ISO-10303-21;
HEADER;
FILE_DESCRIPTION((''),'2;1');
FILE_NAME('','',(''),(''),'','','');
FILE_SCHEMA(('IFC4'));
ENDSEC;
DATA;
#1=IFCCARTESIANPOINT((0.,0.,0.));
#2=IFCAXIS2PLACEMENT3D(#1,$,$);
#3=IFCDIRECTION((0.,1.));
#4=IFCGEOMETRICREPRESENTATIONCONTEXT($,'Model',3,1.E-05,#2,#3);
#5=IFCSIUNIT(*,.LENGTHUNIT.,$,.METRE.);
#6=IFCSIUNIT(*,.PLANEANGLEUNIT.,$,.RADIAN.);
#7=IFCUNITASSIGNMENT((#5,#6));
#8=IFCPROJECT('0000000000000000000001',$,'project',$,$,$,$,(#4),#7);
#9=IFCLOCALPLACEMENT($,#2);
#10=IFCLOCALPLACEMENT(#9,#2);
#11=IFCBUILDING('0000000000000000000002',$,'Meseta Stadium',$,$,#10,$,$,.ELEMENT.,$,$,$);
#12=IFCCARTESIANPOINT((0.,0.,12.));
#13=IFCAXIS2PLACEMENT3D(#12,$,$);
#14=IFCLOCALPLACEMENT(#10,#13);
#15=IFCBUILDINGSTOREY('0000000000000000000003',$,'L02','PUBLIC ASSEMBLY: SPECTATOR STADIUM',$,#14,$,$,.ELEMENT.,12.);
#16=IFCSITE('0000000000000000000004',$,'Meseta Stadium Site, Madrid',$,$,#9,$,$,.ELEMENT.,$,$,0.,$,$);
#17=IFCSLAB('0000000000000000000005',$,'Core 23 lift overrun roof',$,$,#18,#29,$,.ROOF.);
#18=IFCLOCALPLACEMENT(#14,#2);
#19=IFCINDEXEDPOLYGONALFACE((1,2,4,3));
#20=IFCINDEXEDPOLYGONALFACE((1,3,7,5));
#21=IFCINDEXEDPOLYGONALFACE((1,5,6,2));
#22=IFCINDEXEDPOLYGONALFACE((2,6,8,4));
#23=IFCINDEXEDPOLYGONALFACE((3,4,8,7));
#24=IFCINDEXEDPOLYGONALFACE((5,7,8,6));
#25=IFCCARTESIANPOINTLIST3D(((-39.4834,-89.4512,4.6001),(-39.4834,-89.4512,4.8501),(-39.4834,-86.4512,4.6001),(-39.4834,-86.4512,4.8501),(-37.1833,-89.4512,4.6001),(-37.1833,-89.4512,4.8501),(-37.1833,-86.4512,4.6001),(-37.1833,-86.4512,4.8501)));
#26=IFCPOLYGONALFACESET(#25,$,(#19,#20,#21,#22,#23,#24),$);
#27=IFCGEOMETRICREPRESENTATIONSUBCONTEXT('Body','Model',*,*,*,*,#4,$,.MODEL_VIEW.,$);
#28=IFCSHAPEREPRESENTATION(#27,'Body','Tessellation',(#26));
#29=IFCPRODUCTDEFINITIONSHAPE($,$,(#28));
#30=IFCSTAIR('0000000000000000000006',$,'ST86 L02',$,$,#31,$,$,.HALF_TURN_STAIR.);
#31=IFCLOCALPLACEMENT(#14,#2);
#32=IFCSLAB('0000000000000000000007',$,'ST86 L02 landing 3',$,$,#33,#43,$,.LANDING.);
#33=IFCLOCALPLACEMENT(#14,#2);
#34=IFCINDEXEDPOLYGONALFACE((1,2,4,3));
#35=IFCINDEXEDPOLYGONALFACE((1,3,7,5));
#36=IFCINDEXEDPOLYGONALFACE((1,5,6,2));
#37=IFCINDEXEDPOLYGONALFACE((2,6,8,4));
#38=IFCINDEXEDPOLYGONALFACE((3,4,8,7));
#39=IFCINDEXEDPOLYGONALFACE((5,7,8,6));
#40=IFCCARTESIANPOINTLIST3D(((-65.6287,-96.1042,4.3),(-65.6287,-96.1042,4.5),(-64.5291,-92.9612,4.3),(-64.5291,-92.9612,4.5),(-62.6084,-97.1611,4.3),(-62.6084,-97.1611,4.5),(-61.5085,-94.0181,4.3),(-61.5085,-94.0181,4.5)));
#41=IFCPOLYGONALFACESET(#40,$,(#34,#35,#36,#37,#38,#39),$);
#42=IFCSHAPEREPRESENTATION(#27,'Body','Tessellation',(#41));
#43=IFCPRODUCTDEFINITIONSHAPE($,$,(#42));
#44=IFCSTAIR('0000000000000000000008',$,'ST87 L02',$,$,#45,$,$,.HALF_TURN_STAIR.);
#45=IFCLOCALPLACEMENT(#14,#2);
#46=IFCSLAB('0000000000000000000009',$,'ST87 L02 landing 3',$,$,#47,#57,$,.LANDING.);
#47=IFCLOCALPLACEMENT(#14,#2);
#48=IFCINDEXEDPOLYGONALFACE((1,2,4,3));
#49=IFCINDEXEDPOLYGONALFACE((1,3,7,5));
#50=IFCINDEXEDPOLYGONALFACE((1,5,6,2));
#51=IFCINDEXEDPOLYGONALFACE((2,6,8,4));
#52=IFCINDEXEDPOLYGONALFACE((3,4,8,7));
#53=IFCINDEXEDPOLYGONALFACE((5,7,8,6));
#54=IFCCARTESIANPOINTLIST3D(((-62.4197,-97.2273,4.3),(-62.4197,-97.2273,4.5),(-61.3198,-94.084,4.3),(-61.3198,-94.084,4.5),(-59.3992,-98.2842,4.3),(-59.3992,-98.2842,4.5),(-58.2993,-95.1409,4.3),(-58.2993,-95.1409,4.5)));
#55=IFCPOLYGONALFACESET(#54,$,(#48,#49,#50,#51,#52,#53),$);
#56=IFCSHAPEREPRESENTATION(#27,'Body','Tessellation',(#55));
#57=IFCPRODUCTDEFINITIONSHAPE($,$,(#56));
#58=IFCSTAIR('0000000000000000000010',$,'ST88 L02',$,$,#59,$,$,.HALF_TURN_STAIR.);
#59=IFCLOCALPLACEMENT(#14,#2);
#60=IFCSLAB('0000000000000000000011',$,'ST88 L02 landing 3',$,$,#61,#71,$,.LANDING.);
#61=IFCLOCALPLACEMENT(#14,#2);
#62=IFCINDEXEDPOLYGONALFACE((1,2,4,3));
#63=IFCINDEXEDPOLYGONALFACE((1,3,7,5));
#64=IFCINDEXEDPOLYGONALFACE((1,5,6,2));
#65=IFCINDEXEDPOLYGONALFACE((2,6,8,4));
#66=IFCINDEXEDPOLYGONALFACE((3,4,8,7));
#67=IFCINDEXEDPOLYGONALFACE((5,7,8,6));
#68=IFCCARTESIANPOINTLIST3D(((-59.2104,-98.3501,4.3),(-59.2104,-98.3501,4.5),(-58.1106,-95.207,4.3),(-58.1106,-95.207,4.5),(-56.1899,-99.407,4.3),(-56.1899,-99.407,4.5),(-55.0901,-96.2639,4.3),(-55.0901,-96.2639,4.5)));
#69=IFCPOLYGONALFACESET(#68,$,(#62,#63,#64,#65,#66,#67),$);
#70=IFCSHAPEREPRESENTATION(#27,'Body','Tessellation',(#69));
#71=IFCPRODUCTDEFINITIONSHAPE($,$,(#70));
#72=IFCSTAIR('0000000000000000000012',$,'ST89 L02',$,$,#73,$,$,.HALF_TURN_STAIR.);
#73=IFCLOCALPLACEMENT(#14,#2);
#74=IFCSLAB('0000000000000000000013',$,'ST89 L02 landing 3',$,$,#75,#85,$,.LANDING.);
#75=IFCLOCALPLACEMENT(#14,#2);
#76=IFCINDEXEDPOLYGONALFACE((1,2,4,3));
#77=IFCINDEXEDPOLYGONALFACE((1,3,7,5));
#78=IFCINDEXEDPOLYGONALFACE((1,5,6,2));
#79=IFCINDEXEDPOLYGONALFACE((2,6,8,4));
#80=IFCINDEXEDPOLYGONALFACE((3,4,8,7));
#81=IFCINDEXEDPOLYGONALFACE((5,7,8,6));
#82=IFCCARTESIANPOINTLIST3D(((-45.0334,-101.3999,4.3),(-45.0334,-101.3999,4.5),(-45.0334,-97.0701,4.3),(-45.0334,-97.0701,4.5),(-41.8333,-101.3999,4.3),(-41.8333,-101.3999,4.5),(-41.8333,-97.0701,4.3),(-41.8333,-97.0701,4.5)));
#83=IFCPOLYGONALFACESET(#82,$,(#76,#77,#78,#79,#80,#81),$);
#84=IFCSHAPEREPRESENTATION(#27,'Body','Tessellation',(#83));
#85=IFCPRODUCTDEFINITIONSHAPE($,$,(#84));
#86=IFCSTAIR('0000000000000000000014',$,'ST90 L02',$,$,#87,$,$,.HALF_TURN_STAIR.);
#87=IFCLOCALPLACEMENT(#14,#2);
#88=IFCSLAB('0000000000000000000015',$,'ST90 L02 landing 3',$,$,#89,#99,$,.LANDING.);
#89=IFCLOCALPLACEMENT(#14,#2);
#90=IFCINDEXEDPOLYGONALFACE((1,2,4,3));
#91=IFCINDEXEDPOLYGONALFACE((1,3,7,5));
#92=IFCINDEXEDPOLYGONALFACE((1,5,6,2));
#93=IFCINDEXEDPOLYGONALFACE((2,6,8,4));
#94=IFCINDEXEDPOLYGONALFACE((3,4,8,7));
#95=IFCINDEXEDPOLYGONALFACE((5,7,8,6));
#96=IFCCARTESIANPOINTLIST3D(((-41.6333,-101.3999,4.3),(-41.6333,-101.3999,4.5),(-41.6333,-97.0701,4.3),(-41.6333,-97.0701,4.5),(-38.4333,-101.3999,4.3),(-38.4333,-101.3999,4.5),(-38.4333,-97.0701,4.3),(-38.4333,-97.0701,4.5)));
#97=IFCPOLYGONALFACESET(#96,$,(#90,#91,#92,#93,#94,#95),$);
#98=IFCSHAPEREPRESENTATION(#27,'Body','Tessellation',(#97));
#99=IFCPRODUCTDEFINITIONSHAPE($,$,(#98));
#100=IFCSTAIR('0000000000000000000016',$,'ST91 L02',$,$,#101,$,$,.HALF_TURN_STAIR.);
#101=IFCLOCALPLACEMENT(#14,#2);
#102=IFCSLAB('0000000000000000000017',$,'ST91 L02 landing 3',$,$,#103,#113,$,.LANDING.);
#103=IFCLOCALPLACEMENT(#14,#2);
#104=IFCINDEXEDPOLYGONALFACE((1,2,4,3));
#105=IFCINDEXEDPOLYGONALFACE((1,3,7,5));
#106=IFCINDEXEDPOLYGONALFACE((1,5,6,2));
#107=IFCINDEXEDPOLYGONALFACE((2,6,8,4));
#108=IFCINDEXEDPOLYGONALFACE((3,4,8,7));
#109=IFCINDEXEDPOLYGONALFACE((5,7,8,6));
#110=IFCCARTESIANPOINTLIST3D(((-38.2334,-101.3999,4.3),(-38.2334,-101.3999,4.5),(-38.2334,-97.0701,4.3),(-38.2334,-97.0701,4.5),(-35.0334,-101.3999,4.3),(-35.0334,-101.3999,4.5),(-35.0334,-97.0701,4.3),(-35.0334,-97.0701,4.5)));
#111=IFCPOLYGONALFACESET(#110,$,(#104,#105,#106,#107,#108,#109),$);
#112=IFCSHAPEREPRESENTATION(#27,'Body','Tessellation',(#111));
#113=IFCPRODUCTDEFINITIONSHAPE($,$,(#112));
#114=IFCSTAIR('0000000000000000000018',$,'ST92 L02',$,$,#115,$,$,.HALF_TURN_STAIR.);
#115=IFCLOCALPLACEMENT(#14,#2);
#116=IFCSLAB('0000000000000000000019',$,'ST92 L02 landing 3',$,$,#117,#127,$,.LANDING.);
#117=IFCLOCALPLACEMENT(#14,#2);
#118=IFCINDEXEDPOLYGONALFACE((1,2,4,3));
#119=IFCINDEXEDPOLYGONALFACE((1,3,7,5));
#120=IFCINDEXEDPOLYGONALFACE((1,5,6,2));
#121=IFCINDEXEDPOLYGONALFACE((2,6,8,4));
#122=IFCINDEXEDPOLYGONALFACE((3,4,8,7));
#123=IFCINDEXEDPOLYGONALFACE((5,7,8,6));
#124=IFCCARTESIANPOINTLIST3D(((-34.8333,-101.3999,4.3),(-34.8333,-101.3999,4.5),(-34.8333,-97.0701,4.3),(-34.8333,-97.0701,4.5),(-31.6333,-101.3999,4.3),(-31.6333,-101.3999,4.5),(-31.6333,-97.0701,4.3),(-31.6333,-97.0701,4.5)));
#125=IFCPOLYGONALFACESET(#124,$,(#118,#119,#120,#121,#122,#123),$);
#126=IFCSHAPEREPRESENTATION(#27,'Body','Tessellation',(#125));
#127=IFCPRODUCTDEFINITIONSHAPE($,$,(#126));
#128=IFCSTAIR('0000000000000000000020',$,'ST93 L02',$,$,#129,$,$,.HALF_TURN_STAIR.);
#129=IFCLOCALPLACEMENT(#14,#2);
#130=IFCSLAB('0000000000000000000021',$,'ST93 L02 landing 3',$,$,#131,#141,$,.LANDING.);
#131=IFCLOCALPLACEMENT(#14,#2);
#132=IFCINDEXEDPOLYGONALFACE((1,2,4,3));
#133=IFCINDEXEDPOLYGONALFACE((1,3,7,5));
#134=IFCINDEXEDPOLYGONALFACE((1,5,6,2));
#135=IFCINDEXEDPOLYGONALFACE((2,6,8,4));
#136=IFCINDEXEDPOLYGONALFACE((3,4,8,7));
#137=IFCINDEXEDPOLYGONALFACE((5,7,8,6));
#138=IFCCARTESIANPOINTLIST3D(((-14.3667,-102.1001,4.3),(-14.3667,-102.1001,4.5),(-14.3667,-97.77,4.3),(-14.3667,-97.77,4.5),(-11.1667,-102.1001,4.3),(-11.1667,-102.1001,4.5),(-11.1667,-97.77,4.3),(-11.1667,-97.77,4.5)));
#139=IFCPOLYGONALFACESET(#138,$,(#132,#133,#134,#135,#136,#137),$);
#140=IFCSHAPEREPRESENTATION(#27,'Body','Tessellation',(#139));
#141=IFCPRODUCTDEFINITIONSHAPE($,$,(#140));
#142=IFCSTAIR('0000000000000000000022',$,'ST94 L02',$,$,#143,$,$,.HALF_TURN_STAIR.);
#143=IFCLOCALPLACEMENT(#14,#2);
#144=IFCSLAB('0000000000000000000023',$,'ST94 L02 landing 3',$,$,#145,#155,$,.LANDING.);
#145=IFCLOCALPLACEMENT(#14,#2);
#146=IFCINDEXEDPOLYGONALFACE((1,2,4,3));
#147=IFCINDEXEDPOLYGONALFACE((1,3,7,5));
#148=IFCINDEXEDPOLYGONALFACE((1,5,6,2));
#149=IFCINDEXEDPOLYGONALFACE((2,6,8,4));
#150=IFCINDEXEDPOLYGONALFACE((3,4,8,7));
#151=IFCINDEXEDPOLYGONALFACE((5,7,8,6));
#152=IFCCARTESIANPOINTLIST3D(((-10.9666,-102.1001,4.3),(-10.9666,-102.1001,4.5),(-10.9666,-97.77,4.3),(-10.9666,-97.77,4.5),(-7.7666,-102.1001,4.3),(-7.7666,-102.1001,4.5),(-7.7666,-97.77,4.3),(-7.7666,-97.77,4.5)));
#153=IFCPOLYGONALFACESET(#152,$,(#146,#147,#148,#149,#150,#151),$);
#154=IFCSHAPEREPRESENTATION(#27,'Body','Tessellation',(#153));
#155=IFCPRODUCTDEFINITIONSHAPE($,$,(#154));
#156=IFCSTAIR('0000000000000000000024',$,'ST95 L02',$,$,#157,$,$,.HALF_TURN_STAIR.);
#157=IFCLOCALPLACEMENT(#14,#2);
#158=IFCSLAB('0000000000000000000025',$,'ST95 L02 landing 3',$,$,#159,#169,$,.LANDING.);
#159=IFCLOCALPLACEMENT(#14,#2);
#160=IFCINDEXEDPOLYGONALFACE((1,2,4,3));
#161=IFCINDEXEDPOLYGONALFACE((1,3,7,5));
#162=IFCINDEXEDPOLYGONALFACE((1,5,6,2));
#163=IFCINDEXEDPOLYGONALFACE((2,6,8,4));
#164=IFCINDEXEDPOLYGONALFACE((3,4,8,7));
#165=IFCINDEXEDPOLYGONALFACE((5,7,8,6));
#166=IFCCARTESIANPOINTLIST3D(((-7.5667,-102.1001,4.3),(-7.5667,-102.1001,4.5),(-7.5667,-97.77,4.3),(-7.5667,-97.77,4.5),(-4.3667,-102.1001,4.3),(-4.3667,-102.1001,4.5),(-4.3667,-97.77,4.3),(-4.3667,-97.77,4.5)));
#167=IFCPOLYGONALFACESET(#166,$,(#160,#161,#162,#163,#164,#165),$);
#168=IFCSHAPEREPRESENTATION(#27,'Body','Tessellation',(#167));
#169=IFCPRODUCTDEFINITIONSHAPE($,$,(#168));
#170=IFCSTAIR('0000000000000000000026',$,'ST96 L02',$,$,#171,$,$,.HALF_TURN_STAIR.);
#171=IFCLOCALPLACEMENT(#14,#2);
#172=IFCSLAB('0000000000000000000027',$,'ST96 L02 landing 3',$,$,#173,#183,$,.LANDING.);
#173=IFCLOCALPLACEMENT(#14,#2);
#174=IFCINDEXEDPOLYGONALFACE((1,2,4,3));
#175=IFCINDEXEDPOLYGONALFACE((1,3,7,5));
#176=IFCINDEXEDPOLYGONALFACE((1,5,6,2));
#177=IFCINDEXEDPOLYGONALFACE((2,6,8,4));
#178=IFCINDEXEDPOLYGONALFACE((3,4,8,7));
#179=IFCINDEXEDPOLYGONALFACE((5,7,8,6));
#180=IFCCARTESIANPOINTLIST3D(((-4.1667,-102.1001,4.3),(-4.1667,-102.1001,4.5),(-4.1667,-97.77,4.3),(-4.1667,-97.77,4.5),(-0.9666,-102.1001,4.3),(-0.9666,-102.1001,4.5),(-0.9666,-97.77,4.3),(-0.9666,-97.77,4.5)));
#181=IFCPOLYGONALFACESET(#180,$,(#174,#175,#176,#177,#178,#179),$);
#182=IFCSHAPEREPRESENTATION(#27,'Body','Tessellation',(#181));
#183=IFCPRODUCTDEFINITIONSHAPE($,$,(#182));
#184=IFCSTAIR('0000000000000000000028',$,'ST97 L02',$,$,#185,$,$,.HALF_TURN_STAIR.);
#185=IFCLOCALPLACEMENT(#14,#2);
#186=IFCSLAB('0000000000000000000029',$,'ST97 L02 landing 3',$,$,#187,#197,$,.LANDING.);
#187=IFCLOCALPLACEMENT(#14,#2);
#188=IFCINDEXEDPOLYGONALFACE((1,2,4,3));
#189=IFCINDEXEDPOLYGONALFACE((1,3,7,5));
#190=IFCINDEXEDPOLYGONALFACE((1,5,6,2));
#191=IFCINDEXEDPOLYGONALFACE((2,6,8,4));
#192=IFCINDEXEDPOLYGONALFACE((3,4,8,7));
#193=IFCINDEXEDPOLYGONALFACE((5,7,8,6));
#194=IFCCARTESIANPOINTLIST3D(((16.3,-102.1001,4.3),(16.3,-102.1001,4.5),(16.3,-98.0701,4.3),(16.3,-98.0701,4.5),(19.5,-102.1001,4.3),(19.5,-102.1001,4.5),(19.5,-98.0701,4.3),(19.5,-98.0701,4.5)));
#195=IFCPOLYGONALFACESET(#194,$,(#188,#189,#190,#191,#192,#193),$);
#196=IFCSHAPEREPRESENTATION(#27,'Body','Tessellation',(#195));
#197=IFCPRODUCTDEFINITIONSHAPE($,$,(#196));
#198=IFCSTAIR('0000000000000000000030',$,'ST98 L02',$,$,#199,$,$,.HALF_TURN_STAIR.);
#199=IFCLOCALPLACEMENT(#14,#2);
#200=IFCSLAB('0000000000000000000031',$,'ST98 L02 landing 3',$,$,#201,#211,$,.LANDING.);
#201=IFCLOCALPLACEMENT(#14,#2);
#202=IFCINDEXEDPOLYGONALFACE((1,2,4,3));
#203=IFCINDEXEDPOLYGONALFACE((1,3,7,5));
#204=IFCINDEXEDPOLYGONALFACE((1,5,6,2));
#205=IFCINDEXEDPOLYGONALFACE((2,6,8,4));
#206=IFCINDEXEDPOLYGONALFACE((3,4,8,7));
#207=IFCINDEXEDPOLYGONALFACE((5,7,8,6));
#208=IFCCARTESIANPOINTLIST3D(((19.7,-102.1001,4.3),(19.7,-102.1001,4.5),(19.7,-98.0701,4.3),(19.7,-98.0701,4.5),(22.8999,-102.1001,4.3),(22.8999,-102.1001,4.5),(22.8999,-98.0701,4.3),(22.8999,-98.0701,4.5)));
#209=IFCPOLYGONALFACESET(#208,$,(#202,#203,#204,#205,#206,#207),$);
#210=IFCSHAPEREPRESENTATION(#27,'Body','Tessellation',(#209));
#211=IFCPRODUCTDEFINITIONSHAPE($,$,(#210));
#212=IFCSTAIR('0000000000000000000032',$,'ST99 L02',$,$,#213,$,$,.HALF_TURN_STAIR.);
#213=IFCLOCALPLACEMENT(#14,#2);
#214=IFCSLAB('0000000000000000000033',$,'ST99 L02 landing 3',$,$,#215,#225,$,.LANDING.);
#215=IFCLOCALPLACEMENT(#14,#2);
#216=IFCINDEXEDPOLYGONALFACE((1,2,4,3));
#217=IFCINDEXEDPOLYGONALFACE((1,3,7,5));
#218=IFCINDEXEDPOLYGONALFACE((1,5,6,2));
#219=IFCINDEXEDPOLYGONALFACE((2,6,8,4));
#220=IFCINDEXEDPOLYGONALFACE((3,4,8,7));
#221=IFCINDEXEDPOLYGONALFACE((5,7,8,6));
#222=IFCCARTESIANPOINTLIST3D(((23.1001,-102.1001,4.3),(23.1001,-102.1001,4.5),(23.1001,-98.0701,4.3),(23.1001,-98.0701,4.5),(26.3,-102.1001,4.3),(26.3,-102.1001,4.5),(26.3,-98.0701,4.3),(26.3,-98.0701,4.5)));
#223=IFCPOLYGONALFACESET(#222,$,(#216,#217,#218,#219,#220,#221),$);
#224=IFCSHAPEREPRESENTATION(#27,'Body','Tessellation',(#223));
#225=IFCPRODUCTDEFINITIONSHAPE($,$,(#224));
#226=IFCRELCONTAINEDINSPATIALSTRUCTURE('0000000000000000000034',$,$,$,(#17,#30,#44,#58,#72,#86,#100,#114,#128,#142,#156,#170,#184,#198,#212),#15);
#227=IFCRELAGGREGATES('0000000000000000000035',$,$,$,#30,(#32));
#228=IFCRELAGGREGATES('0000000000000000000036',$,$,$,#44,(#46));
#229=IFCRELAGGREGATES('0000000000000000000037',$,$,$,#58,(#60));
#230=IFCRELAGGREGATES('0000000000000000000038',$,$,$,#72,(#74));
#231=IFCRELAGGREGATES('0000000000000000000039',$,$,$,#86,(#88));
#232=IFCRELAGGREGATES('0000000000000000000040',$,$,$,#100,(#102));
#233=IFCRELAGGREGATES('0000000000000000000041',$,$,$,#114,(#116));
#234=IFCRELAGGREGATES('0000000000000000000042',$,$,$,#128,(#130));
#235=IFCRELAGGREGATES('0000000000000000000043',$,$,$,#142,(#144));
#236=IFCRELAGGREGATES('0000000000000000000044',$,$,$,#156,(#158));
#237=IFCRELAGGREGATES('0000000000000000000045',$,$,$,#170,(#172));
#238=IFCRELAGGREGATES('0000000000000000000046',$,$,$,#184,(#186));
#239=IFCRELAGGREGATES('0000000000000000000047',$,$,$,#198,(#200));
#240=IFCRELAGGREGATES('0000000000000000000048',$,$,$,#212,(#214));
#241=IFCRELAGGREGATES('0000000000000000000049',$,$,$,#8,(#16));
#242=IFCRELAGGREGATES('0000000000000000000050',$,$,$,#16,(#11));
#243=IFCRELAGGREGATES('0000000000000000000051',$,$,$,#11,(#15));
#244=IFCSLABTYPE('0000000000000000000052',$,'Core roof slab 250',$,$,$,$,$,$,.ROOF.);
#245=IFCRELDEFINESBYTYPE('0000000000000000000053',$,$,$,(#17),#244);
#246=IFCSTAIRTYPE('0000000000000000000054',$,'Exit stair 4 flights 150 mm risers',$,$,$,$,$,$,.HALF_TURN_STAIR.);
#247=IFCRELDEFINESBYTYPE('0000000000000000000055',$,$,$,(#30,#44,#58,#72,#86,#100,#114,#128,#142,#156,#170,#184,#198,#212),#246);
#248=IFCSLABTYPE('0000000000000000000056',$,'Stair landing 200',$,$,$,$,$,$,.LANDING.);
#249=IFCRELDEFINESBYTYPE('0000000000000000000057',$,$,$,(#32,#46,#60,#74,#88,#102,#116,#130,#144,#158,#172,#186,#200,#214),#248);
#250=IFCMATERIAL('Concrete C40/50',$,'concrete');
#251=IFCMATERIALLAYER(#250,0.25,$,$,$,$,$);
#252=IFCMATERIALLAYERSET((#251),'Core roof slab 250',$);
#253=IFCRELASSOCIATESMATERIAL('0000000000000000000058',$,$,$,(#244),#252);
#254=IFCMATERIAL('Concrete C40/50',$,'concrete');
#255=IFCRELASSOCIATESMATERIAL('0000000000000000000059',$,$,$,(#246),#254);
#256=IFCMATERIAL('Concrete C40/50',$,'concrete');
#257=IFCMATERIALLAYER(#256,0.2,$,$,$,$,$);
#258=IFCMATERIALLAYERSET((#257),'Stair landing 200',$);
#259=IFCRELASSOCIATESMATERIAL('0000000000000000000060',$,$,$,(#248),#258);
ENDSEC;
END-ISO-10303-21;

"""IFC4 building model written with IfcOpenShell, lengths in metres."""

from ifc_helpers import new_model, si_unit, direction, frame, origin, place, context, subcontext, project, spatial, polyline, outline, extrude, material, layer, layer_set, type_object, element, aggregate, save


model = new_model("IFC4")

# Units and contexts
model_context = context("Model", 3, precision=1e-05, world=origin(), true_north=direction((0.0, 1.0)))
body_context = subcontext(model_context, "Body", "Model", "MODEL_VIEW")
ifc_project = project(units=[si_unit("LENGTHUNIT", "METRE"), si_unit("PLANEANGLEUNIT", "RADIAN")], contexts=[model_context])

# Site, building, storey
site_placement = place(None, origin())
site = spatial("IfcSite", under=ifc_project, at=site_placement, Name="Meseta Stadium Site, Madrid", CompositionType="ELEMENT", RefElevation=0.0)
building_placement = place(site_placement, origin())
building = spatial("IfcBuilding", under=site, at=building_placement, Name="Meseta Stadium", CompositionType="ELEMENT")
storey_placement = place(building_placement, frame((0.0, 0.0, 12.0)))
storey = spatial("IfcBuildingStorey", under=building, at=storey_placement, Name="L02", Description="PUBLIC ASSEMBLY: SPECTATOR STADIUM", CompositionType="ELEMENT", Elevation=12.0)

# Slab
ifc_material_1 = material(Name="Concrete C40/50", Category="concrete")
ifc_layer_1 = layer(ifc_material_1, 0.25)
ifc_layer_set_1 = layer_set([ifc_layer_1], Name="Core roof slab 250")
slab_type_1 = type_object("IfcSlabType", Name="Core roof slab 250", PredefinedType="ROOF", material=ifc_layer_set_1)
slab_1_placement = place(storey_placement, frame((0.0, 0.0, 4.6001)))
element("IfcSlab", 1, at=slab_1_placement, inside=storey, type_object=slab_type_1, Name="Core 23 lift overrun roof", PredefinedType="ROOF", context=body_context, shape_type="SweptSolid", body=[
    extrude(outline(polyline([(-39.4834, -89.4512), (-39.4834, -86.4512), (-37.1833, -86.4512), (-37.1833, -89.4512), (-39.4834, -89.4512)])), origin(), (0.0, 0.0, 1.0), 0.25),
])

# Stairs, slabs
ifc_material_2 = material(Name="Concrete C40/50", Category="concrete")
stair_type = type_object("IfcStairType", Name="Exit stair 4 flights 150 mm risers", PredefinedType="HALF_TURN_STAIR", material=ifc_material_2)
stair_1_placement = place(storey_placement, origin())
stair_1 = element("IfcStair", 2, at=stair_1_placement, inside=storey, type_object=stair_type, Name="ST86 L02", PredefinedType="HALF_TURN_STAIR")
ifc_material_3 = material(Name="Concrete C40/50", Category="concrete")
ifc_layer_2 = layer(ifc_material_3, 0.2)
ifc_layer_set_2 = layer_set([ifc_layer_2], Name="Stair landing 200")
slab_type_2 = type_object("IfcSlabType", Name="Stair landing 200", PredefinedType="LANDING", material=ifc_layer_set_2)
slab_2_placement = place(storey_placement, frame((0.0, 0.0, 4.3)))
slab_2 = element("IfcSlab", 3, at=slab_2_placement, type_object=slab_type_2, Name="ST86 L02 landing 3", PredefinedType="LANDING", context=body_context, shape_type="SweptSolid", body=[
    extrude(outline(polyline([(-64.5291, -92.9612), (-65.6287, -96.1042), (-62.6084, -97.1611), (-61.5085, -94.0181), (-64.5291, -92.9612)])), origin(), (0.0, 0.0, 1.0), 0.2),
])
aggregate(stair_1, [slab_2])
stair_2_placement = place(storey_placement, origin())
stair_2 = element("IfcStair", 4, at=stair_2_placement, inside=storey, type_object=stair_type, Name="ST87 L02", PredefinedType="HALF_TURN_STAIR")
slab_3_placement = place(storey_placement, frame((0.0, 0.0, 4.3)))
slab_3 = element("IfcSlab", 5, at=slab_3_placement, type_object=slab_type_2, Name="ST87 L02 landing 3", PredefinedType="LANDING", context=body_context, shape_type="SweptSolid", body=[
    extrude(outline(polyline([(-61.3198, -94.084), (-62.4197, -97.2273), (-59.3992, -98.2842), (-58.2993, -95.1409), (-61.3198, -94.084)])), origin(), (0.0, 0.0, 1.0), 0.2),
])
aggregate(stair_2, [slab_3])
stair_3_placement = place(storey_placement, origin())
stair_3 = element("IfcStair", 6, at=stair_3_placement, inside=storey, type_object=stair_type, Name="ST88 L02", PredefinedType="HALF_TURN_STAIR")
slab_4_placement = place(storey_placement, frame((0.0, 0.0, 4.3)))
slab_4 = element("IfcSlab", 7, at=slab_4_placement, type_object=slab_type_2, Name="ST88 L02 landing 3", PredefinedType="LANDING", context=body_context, shape_type="SweptSolid", body=[
    extrude(outline(polyline([(-58.1106, -95.207), (-59.2104, -98.3501), (-56.1899, -99.407), (-55.0901, -96.2639), (-58.1106, -95.207)])), origin(), (0.0, 0.0, 1.0), 0.2),
])
aggregate(stair_3, [slab_4])
stair_4_placement = place(storey_placement, origin())
stair_4 = element("IfcStair", 8, at=stair_4_placement, inside=storey, type_object=stair_type, Name="ST89 L02", PredefinedType="HALF_TURN_STAIR")
slab_5_placement = place(storey_placement, frame((0.0, 0.0, 4.3)))
slab_5 = element("IfcSlab", 9, at=slab_5_placement, type_object=slab_type_2, Name="ST89 L02 landing 3", PredefinedType="LANDING", context=body_context, shape_type="SweptSolid", body=[
    extrude(outline(polyline([(-45.0334, -97.0701), (-45.0334, -101.3999), (-41.8333, -101.3999), (-41.8333, -97.0701), (-45.0334, -97.0701)])), origin(), (0.0, 0.0, 1.0), 0.2),
])
aggregate(stair_4, [slab_5])
stair_5_placement = place(storey_placement, origin())
stair_5 = element("IfcStair", 10, at=stair_5_placement, inside=storey, type_object=stair_type, Name="ST90 L02", PredefinedType="HALF_TURN_STAIR")
slab_6_placement = place(storey_placement, frame((0.0, 0.0, 4.3)))
slab_6 = element("IfcSlab", 11, at=slab_6_placement, type_object=slab_type_2, Name="ST90 L02 landing 3", PredefinedType="LANDING", context=body_context, shape_type="SweptSolid", body=[
    extrude(outline(polyline([(-41.6333, -97.0701), (-41.6333, -101.3999), (-38.4333, -101.3999), (-38.4333, -97.0701), (-41.6333, -97.0701)])), origin(), (0.0, 0.0, 1.0), 0.2),
])
aggregate(stair_5, [slab_6])
stair_6_placement = place(storey_placement, origin())
stair_6 = element("IfcStair", 12, at=stair_6_placement, inside=storey, type_object=stair_type, Name="ST91 L02", PredefinedType="HALF_TURN_STAIR")
slab_7_placement = place(storey_placement, frame((0.0, 0.0, 4.3)))
slab_7 = element("IfcSlab", 13, at=slab_7_placement, type_object=slab_type_2, Name="ST91 L02 landing 3", PredefinedType="LANDING", context=body_context, shape_type="SweptSolid", body=[
    extrude(outline(polyline([(-38.2334, -97.0701), (-38.2334, -101.3999), (-35.0334, -101.3999), (-35.0334, -97.0701), (-38.2334, -97.0701)])), origin(), (0.0, 0.0, 1.0), 0.2),
])
aggregate(stair_6, [slab_7])
stair_7_placement = place(storey_placement, origin())
stair_7 = element("IfcStair", 14, at=stair_7_placement, inside=storey, type_object=stair_type, Name="ST92 L02", PredefinedType="HALF_TURN_STAIR")
slab_8_placement = place(storey_placement, frame((0.0, 0.0, 4.3)))
slab_8 = element("IfcSlab", 15, at=slab_8_placement, type_object=slab_type_2, Name="ST92 L02 landing 3", PredefinedType="LANDING", context=body_context, shape_type="SweptSolid", body=[
    extrude(outline(polyline([(-34.8333, -97.0701), (-34.8333, -101.3999), (-31.6333, -101.3999), (-31.6333, -97.0701), (-34.8333, -97.0701)])), origin(), (0.0, 0.0, 1.0), 0.2),
])
aggregate(stair_7, [slab_8])
stair_8_placement = place(storey_placement, origin())
stair_8 = element("IfcStair", 16, at=stair_8_placement, inside=storey, type_object=stair_type, Name="ST93 L02", PredefinedType="HALF_TURN_STAIR")
slab_9_placement = place(storey_placement, frame((0.0, 0.0, 4.3)))
slab_9 = element("IfcSlab", 17, at=slab_9_placement, type_object=slab_type_2, Name="ST93 L02 landing 3", PredefinedType="LANDING", context=body_context, shape_type="SweptSolid", body=[
    extrude(outline(polyline([(-14.3667, -97.77), (-14.3667, -102.1001), (-11.1667, -102.1001), (-11.1667, -97.77), (-14.3667, -97.77)])), origin(), (0.0, 0.0, 1.0), 0.2),
])
aggregate(stair_8, [slab_9])
stair_9_placement = place(storey_placement, origin())
stair_9 = element("IfcStair", 18, at=stair_9_placement, inside=storey, type_object=stair_type, Name="ST94 L02", PredefinedType="HALF_TURN_STAIR")
slab_10_placement = place(storey_placement, frame((0.0, 0.0, 4.3)))
slab_10 = element("IfcSlab", 19, at=slab_10_placement, type_object=slab_type_2, Name="ST94 L02 landing 3", PredefinedType="LANDING", context=body_context, shape_type="SweptSolid", body=[
    extrude(outline(polyline([(-10.9666, -97.77), (-10.9666, -102.1001), (-7.7666, -102.1001), (-7.7666, -97.77), (-10.9666, -97.77)])), origin(), (0.0, 0.0, 1.0), 0.2),
])
aggregate(stair_9, [slab_10])
stair_10_placement = place(storey_placement, origin())
stair_10 = element("IfcStair", 20, at=stair_10_placement, inside=storey, type_object=stair_type, Name="ST95 L02", PredefinedType="HALF_TURN_STAIR")
slab_11_placement = place(storey_placement, frame((0.0, 0.0, 4.3)))
slab_11 = element("IfcSlab", 21, at=slab_11_placement, type_object=slab_type_2, Name="ST95 L02 landing 3", PredefinedType="LANDING", context=body_context, shape_type="SweptSolid", body=[
    extrude(outline(polyline([(-7.5667, -97.77), (-7.5667, -102.1001), (-4.3667, -102.1001), (-4.3667, -97.77), (-7.5667, -97.77)])), origin(), (0.0, 0.0, 1.0), 0.2),
])
aggregate(stair_10, [slab_11])
stair_11_placement = place(storey_placement, origin())
stair_11 = element("IfcStair", 22, at=stair_11_placement, inside=storey, type_object=stair_type, Name="ST96 L02", PredefinedType="HALF_TURN_STAIR")
slab_12_placement = place(storey_placement, frame((0.0, 0.0, 4.3)))
slab_12 = element("IfcSlab", 23, at=slab_12_placement, type_object=slab_type_2, Name="ST96 L02 landing 3", PredefinedType="LANDING", context=body_context, shape_type="SweptSolid", body=[
    extrude(outline(polyline([(-4.1667, -97.77), (-4.1667, -102.1001), (-0.9666, -102.1001), (-0.9666, -97.77), (-4.1667, -97.77)])), origin(), (0.0, 0.0, 1.0), 0.2),
])
aggregate(stair_11, [slab_12])
stair_12_placement = place(storey_placement, origin())
stair_12 = element("IfcStair", 24, at=stair_12_placement, inside=storey, type_object=stair_type, Name="ST97 L02", PredefinedType="HALF_TURN_STAIR")
slab_13_placement = place(storey_placement, frame((0.0, 0.0, 4.3)))
slab_13 = element("IfcSlab", 25, at=slab_13_placement, type_object=slab_type_2, Name="ST97 L02 landing 3", PredefinedType="LANDING", context=body_context, shape_type="SweptSolid", body=[
    extrude(outline(polyline([(16.3, -98.0701), (16.3, -102.1001), (19.5, -102.1001), (19.5, -98.0701), (16.3, -98.0701)])), origin(), (0.0, 0.0, 1.0), 0.2),
])
aggregate(stair_12, [slab_13])
stair_13_placement = place(storey_placement, origin())
stair_13 = element("IfcStair", 26, at=stair_13_placement, inside=storey, type_object=stair_type, Name="ST98 L02", PredefinedType="HALF_TURN_STAIR")
slab_14_placement = place(storey_placement, frame((0.0, 0.0, 4.3)))
slab_14 = element("IfcSlab", 27, at=slab_14_placement, type_object=slab_type_2, Name="ST98 L02 landing 3", PredefinedType="LANDING", context=body_context, shape_type="SweptSolid", body=[
    extrude(outline(polyline([(19.7, -98.0701), (19.7, -102.1001), (22.8999, -102.1001), (22.8999, -98.0701), (19.7, -98.0701)])), origin(), (0.0, 0.0, 1.0), 0.2),
])
aggregate(stair_13, [slab_14])
stair_14_placement = place(storey_placement, origin())
stair_14 = element("IfcStair", 28, at=stair_14_placement, inside=storey, type_object=stair_type, Name="ST99 L02", PredefinedType="HALF_TURN_STAIR")
slab_15_placement = place(storey_placement, frame((0.0, 0.0, 4.3)))
slab_15 = element("IfcSlab", 29, at=slab_15_placement, type_object=slab_type_2, Name="ST99 L02 landing 3", PredefinedType="LANDING", context=body_context, shape_type="SweptSolid", body=[
    extrude(outline(polyline([(23.1001, -98.0701), (23.1001, -102.1001), (26.3, -102.1001), (26.3, -98.0701), (23.1001, -98.0701)])), origin(), (0.0, 0.0, 1.0), 0.2),
])
aggregate(stair_14, [slab_15])

save(model, "model.ifc")
